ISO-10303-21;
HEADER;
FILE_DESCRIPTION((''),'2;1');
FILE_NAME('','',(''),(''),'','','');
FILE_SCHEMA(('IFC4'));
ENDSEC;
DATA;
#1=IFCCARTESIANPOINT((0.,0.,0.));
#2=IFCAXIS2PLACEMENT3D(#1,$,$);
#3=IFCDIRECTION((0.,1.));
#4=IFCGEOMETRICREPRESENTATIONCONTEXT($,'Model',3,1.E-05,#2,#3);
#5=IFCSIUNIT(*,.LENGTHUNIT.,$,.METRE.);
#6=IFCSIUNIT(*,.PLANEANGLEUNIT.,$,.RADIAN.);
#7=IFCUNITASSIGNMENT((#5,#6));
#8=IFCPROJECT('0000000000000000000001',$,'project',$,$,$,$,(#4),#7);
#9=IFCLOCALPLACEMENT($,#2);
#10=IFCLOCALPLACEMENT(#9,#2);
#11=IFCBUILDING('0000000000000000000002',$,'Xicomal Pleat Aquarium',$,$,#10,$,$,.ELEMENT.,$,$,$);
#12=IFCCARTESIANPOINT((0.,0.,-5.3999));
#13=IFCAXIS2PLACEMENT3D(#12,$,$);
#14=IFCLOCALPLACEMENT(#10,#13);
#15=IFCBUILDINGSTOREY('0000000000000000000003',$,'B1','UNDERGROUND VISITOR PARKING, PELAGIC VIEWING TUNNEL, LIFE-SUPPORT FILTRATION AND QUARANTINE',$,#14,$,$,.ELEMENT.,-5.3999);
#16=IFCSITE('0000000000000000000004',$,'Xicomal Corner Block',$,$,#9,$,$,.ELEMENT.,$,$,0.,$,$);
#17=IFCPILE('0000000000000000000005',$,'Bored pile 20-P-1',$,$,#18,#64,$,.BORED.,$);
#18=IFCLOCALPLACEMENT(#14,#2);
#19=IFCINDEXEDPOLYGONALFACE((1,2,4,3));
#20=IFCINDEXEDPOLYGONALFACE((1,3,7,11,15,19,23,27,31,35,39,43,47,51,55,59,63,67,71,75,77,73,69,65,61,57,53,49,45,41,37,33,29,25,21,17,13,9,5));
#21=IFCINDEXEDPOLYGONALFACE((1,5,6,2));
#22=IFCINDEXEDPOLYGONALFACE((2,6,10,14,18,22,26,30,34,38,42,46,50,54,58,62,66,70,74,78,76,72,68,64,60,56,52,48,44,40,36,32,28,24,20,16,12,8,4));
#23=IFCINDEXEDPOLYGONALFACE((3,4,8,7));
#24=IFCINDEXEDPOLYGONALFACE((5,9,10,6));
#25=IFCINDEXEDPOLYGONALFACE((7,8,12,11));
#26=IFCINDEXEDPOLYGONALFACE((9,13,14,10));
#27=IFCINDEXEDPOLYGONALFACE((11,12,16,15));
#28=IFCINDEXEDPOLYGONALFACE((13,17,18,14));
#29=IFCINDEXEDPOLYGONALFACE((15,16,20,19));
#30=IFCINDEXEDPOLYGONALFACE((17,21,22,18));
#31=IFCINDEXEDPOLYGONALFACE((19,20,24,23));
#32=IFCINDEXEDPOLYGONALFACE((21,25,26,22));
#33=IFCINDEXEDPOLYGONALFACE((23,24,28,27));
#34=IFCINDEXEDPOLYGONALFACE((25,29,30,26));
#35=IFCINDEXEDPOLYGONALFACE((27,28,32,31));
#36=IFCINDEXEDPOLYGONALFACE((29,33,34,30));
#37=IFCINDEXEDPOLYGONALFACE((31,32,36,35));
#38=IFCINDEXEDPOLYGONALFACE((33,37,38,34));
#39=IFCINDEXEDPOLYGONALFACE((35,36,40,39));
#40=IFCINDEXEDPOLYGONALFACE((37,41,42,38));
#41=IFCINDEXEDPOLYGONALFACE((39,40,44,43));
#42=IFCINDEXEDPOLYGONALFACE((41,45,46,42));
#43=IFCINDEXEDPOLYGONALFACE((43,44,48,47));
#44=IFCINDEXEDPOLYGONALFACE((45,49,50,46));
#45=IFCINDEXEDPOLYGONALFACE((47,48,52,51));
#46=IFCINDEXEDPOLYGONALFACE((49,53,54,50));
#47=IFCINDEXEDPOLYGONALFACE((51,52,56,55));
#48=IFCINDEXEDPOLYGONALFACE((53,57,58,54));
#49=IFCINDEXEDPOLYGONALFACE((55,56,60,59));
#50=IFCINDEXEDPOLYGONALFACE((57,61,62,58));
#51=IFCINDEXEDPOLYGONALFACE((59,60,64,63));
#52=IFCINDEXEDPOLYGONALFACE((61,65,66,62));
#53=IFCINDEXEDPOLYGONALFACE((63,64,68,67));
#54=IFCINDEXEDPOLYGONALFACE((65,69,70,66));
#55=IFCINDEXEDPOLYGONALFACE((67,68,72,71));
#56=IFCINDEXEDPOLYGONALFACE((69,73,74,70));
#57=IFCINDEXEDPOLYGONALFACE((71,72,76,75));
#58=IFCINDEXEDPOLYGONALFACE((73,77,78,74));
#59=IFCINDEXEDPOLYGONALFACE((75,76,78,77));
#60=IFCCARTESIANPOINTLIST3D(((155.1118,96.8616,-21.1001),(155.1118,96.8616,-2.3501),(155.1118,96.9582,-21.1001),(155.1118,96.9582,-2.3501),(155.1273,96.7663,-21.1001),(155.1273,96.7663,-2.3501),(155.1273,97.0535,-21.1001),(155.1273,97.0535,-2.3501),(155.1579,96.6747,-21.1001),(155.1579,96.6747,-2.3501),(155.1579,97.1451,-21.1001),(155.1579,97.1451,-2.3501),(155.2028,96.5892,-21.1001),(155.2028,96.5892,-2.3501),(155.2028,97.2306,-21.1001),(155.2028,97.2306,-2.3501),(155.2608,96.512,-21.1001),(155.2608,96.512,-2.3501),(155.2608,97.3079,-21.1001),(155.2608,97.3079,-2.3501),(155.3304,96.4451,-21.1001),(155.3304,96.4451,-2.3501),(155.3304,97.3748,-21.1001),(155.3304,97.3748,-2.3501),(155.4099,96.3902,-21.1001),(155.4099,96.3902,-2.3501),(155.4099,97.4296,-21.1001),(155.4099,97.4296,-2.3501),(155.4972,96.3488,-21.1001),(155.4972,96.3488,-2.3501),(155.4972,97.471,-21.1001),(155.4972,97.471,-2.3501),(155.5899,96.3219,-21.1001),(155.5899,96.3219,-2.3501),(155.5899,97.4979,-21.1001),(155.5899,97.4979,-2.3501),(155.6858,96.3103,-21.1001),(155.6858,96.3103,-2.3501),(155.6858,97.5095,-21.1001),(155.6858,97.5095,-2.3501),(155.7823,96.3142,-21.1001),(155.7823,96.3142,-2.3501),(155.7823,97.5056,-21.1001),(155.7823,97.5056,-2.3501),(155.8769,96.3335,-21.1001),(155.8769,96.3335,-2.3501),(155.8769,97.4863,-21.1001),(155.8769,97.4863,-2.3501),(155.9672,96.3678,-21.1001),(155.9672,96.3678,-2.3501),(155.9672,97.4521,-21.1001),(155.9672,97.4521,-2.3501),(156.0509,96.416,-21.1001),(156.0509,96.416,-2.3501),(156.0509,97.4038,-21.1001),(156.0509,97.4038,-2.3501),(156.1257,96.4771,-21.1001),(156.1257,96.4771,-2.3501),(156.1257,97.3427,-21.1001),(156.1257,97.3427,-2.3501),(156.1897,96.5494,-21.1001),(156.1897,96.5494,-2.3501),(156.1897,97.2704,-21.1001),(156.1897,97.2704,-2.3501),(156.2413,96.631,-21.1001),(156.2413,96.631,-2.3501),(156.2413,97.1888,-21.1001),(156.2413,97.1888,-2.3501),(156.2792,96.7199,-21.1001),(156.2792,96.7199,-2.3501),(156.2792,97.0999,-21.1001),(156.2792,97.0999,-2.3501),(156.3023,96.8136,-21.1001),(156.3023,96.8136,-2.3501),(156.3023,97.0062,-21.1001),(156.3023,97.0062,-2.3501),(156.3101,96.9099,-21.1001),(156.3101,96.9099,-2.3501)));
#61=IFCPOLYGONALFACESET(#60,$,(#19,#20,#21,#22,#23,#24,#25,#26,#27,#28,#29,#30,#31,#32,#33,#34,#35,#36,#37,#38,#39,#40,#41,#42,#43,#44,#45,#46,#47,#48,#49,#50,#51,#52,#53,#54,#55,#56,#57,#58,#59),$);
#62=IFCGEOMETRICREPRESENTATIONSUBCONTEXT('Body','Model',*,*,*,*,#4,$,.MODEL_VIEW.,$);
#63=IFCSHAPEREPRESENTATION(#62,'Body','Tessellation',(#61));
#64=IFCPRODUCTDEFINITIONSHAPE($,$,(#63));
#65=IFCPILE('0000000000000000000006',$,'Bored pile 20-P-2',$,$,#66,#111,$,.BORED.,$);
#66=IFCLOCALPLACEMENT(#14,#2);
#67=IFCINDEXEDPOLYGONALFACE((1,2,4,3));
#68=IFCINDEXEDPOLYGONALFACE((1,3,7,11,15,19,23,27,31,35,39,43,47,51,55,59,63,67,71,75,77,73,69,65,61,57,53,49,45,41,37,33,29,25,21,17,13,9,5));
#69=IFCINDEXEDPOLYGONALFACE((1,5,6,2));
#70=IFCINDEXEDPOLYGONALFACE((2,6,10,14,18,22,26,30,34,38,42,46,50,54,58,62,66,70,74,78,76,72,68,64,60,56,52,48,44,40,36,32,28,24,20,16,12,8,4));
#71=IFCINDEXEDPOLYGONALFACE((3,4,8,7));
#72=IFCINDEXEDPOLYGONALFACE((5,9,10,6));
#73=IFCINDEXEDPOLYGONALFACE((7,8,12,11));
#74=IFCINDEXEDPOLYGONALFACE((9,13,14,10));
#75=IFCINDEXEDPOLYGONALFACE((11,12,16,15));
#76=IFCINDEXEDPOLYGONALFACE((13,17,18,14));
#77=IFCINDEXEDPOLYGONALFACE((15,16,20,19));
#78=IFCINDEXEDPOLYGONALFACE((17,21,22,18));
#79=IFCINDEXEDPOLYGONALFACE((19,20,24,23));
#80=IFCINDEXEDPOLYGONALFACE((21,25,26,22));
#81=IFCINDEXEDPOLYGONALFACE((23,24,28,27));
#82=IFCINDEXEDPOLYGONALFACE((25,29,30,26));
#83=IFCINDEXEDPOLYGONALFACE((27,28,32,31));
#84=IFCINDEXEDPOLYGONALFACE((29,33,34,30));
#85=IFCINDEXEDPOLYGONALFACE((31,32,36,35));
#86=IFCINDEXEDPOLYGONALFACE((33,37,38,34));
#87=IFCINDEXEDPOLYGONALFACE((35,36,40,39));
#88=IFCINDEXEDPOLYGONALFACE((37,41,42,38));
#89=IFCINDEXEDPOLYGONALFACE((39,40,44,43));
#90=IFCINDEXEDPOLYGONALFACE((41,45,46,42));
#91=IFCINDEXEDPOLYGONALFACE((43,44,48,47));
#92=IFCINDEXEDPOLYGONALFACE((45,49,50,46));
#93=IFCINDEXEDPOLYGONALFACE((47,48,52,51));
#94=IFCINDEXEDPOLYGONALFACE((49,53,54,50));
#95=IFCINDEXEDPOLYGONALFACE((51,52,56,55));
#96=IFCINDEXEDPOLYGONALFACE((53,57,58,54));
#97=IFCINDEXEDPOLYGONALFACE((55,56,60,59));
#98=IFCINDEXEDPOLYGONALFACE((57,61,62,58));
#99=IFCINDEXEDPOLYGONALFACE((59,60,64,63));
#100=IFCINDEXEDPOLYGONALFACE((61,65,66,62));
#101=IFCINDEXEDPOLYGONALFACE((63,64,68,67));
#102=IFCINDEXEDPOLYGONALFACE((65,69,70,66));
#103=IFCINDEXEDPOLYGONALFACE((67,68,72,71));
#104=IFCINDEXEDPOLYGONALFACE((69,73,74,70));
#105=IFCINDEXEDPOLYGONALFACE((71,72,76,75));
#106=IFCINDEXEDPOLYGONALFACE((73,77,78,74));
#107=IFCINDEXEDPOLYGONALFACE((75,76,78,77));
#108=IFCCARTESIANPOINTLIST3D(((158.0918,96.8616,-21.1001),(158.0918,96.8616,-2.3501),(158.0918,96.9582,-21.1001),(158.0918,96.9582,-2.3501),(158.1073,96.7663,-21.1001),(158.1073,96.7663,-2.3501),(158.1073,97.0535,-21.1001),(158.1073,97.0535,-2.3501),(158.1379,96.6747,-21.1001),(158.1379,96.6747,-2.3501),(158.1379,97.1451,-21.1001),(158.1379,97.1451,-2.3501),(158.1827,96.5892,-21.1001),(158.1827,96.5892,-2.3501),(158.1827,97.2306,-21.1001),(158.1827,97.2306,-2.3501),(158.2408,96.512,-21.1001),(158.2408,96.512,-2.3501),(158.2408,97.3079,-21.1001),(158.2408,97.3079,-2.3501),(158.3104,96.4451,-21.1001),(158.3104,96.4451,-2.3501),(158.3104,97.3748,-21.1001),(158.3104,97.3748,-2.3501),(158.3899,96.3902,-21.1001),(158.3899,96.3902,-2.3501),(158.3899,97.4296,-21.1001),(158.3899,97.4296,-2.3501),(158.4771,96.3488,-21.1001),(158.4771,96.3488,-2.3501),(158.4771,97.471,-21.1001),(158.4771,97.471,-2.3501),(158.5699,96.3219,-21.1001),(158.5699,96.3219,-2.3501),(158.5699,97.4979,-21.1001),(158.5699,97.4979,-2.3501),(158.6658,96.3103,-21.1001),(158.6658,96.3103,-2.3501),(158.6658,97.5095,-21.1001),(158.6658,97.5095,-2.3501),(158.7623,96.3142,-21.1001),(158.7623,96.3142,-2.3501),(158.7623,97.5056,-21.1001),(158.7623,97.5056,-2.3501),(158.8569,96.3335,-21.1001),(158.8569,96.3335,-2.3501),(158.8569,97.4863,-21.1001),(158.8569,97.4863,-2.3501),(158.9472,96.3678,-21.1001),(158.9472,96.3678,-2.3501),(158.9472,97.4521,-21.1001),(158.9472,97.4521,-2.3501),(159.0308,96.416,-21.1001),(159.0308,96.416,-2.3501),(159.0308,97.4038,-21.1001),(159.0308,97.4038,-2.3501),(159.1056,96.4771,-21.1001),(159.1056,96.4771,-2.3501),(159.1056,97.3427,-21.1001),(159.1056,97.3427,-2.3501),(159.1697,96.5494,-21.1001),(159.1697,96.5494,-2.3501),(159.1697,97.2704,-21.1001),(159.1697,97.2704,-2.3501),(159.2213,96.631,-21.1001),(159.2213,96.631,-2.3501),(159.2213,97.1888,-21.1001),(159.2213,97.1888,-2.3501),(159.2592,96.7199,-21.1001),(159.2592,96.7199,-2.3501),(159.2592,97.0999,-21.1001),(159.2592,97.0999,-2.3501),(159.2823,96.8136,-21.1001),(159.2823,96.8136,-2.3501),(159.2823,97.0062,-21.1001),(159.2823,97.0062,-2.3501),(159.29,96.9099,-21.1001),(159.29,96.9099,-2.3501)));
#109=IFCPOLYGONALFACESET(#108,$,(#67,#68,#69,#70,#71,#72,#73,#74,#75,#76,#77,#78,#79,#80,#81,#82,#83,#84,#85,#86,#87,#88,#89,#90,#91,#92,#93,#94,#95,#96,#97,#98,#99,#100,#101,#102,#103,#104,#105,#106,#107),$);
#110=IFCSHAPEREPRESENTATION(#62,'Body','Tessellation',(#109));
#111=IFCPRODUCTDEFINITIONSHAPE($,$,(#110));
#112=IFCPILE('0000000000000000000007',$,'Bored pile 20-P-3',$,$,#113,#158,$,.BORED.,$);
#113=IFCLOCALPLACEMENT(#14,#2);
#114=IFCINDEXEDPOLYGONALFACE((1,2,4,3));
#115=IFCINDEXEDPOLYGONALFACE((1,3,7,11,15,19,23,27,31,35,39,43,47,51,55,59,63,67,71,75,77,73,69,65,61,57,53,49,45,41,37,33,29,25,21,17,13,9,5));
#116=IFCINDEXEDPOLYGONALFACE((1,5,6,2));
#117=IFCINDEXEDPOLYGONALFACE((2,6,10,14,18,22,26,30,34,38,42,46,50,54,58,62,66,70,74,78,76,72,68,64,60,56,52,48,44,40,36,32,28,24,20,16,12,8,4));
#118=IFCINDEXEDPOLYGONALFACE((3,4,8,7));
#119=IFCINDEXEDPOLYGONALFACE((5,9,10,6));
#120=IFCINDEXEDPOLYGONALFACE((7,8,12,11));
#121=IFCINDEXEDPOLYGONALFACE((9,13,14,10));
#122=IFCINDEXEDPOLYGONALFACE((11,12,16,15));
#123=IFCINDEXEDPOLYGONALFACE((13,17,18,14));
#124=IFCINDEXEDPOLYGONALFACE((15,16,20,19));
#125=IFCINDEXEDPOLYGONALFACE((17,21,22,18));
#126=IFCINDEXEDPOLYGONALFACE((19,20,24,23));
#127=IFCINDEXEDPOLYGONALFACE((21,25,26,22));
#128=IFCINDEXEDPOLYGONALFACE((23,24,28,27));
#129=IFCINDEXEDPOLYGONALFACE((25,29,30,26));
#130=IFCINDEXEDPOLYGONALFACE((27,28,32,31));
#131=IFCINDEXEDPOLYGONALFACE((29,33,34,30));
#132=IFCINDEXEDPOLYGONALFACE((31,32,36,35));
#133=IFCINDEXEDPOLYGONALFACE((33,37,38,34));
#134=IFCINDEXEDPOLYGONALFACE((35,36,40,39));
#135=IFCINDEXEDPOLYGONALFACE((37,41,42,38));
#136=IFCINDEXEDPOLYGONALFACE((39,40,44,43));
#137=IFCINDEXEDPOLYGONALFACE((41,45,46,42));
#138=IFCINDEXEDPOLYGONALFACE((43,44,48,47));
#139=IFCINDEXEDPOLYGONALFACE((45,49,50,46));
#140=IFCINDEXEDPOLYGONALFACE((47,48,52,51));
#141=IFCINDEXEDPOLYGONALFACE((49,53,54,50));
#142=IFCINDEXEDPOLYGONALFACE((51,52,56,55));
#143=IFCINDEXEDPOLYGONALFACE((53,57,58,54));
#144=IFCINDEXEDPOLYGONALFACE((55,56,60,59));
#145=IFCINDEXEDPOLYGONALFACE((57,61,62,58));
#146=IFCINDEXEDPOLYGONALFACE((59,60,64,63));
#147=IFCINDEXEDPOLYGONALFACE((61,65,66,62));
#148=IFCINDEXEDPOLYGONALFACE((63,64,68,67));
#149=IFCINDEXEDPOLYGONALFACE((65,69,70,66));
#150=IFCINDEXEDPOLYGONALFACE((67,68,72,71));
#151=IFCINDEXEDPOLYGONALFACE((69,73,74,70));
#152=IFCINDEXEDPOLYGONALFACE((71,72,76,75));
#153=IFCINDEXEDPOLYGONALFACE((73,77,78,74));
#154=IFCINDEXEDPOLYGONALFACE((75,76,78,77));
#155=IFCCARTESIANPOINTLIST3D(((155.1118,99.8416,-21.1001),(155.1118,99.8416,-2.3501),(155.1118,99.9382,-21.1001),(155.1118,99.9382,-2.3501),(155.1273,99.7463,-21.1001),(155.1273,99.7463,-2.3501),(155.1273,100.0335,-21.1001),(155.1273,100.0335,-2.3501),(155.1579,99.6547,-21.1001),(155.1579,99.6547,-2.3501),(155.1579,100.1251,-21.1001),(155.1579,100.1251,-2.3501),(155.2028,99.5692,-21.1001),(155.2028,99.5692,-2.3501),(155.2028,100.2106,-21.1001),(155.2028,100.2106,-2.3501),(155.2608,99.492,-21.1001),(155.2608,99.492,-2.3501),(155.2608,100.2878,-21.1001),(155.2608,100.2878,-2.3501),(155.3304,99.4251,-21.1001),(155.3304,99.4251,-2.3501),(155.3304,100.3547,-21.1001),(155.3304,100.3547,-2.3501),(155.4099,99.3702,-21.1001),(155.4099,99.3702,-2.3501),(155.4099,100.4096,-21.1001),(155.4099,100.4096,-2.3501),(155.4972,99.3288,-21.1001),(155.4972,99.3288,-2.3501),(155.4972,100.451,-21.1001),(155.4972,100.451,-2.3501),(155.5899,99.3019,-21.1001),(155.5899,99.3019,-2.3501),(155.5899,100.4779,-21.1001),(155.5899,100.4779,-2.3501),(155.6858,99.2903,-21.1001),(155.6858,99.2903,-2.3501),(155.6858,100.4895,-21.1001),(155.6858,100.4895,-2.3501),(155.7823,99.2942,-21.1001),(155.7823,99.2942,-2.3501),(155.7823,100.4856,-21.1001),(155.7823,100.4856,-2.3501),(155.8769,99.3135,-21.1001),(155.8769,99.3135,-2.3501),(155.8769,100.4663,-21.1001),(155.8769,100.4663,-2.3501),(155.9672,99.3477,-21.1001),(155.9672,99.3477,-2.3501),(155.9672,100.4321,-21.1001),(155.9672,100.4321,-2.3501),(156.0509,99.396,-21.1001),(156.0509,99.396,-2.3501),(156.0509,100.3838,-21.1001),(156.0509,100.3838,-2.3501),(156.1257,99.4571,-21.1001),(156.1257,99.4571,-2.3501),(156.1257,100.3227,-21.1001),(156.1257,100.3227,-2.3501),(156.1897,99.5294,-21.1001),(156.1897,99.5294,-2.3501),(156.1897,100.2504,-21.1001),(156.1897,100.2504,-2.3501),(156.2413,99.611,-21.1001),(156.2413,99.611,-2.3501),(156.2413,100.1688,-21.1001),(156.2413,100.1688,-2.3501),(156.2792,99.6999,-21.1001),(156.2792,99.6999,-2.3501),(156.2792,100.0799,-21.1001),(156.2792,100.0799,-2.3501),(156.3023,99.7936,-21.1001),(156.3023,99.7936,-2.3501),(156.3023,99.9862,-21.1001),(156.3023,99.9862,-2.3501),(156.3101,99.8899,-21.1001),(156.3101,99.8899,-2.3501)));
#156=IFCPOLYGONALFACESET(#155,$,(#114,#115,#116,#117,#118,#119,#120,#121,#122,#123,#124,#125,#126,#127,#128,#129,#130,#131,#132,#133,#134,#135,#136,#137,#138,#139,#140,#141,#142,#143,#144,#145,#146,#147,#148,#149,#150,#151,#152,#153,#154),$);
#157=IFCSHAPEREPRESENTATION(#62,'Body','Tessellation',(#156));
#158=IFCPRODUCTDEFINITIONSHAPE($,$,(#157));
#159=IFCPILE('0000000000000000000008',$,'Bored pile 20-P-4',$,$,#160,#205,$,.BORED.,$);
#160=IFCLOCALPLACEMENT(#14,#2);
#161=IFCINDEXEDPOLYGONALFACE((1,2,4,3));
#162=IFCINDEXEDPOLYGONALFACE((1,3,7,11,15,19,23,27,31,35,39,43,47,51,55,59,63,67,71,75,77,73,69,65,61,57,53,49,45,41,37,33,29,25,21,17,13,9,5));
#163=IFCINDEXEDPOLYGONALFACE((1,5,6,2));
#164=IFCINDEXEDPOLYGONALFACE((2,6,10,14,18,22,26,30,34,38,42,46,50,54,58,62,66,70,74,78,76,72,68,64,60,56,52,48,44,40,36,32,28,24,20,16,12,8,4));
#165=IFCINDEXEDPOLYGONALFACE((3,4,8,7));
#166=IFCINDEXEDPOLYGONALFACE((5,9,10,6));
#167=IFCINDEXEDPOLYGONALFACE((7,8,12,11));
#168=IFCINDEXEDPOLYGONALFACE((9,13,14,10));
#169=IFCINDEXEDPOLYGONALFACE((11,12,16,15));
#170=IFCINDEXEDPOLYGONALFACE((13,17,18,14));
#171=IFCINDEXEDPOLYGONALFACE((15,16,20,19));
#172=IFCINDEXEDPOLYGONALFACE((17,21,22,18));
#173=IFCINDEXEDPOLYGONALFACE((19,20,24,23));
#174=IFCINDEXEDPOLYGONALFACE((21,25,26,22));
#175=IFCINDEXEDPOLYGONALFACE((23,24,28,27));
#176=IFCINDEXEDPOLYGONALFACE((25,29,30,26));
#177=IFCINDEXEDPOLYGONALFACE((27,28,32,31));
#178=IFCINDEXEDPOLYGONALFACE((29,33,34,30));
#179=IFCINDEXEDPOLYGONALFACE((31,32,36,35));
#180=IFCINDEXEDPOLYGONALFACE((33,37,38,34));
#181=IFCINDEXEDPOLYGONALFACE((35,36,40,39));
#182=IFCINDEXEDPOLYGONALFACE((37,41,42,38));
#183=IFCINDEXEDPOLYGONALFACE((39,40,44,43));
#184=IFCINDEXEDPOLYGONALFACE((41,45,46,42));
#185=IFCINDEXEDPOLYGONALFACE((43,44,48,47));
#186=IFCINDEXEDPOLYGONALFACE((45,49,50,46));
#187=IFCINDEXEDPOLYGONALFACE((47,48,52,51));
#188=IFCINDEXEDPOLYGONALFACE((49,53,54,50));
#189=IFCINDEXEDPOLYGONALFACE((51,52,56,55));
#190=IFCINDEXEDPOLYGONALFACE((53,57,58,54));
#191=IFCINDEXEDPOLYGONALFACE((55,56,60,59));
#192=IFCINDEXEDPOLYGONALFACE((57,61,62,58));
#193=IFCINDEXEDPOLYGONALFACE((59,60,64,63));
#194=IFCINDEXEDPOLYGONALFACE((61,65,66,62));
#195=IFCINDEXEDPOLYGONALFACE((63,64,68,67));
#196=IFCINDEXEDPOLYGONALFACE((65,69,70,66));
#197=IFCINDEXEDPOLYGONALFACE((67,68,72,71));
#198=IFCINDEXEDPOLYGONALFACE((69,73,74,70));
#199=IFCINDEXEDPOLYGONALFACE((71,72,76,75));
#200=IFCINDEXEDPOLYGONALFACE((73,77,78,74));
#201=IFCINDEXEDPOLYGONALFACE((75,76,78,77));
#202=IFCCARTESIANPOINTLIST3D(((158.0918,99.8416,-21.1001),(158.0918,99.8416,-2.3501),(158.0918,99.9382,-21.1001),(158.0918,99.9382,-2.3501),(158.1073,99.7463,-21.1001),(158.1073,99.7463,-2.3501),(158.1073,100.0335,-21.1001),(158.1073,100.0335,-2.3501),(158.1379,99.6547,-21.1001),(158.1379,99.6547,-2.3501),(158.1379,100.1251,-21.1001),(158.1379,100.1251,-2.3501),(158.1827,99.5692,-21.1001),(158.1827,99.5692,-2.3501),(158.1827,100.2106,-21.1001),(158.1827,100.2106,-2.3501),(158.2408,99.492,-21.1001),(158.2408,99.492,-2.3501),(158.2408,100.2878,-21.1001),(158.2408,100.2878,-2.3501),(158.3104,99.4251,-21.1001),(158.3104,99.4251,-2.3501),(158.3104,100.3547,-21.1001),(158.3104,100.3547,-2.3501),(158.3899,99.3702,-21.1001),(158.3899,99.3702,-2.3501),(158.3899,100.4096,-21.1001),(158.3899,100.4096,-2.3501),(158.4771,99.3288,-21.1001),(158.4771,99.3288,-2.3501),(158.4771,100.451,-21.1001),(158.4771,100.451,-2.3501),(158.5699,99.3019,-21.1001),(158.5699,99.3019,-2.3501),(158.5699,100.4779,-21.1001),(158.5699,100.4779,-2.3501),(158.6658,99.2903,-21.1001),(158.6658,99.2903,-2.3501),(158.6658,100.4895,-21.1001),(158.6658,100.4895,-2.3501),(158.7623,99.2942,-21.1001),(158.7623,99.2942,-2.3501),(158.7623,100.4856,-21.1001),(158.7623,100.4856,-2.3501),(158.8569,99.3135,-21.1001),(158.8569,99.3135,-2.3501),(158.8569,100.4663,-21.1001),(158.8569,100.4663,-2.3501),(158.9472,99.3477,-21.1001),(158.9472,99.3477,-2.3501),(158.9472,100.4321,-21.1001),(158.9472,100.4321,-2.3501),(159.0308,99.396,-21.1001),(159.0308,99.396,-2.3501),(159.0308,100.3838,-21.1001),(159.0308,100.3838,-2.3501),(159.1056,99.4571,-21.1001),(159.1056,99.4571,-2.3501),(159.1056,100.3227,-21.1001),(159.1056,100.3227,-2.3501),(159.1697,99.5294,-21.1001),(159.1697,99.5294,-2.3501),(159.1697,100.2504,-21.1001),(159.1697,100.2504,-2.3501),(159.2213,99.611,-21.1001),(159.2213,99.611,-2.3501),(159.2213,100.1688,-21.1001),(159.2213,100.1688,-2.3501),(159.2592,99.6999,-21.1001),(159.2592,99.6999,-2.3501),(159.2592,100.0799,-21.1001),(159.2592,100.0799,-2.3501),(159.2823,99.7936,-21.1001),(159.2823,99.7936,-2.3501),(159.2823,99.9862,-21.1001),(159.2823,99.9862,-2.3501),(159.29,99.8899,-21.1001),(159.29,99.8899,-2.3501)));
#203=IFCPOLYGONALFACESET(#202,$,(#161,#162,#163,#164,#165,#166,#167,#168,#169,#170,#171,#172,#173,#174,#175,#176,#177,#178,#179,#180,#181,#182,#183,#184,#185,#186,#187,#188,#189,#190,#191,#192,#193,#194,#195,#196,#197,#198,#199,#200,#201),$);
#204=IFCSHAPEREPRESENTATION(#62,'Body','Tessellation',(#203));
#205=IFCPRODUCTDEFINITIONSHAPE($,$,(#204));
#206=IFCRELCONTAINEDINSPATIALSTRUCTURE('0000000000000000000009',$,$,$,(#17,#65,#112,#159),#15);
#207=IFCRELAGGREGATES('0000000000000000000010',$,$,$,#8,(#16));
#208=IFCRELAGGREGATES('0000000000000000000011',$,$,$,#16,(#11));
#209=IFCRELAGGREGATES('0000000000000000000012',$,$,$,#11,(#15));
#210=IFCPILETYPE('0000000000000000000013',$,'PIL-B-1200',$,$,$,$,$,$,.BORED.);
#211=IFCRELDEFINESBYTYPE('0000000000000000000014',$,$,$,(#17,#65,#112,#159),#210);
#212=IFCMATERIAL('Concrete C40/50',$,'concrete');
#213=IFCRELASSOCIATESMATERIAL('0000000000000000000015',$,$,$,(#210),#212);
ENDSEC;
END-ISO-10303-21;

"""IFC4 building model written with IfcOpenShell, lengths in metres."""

from ifc_helpers import new_model, si_unit, direction, frame, origin, origin_2d, place, context, subcontext, project, spatial, circle, extrude, material, material_profile, profile_set, type_object, element, save


model = new_model("IFC4")

# Units and contexts
model_context = context("Model", 3, precision=1e-05, world=origin(), true_north=direction((0.0, 1.0)))
body_context = subcontext(model_context, "Body", "Model", "MODEL_VIEW")
ifc_project = project(units=[si_unit("LENGTHUNIT", "METRE"), si_unit("PLANEANGLEUNIT", "RADIAN")], contexts=[model_context])

# Site, building, storey
site_placement = place(None, origin())
site = spatial("IfcSite", under=ifc_project, at=site_placement, Name="Xicomal Corner Block", CompositionType="ELEMENT", RefElevation=0.0)
building_placement = place(site_placement, origin())
building = spatial("IfcBuilding", under=site, at=building_placement, Name="Xicomal Pleat Aquarium", CompositionType="ELEMENT")
storey_placement = place(building_placement, frame((0.0, 0.0, -5.3999)))
storey = spatial("IfcBuildingStorey", under=building, at=storey_placement, Name="B1", Description="UNDERGROUND VISITOR PARKING, PELAGIC VIEWING TUNNEL, LIFE-SUPPORT FILTRATION AND QUARANTINE", CompositionType="ELEMENT", Elevation=-5.3999)

# Piles
ifc_material_1 = material(Name="Concrete C40/50", Category="concrete")
ifc_material_profile_1 = material_profile(ifc_material_1, circle(Radius=0.6001, at=origin_2d()), Name="BORED PILE D1200")
ifc_profile_set_1 = profile_set([ifc_material_profile_1], Name="Concrete C40/50")
pile_type_1 = type_object("IfcPileType", Name="PIL-B-1200", PredefinedType="BORED", material=ifc_profile_set_1)
for number, where, z_axis, x_axis, name in (
    (1, (155.71, 96.9099, -2.3501), (0.0, 0.0, -1.0), (1.0, 0.0, 0.0), "Bored pile 20-P-1"),
    (2, (158.6899, 96.9099, -2.3501), (0.0, 0.0, -1.0), (1.0, 0.0, 0.0), "Bored pile 20-P-2"),
    (3, (155.71, 99.8899, -2.3501), (0.0, 0.0, -1.0), (1.0, 0.0, 0.0), "Bored pile 20-P-3"),
    (4, (158.6899, 99.8899, -2.3501), (0.0, 0.0, -1.0), (1.0, 0.0, 0.0), "Bored pile 20-P-4"),
):
    element("IfcPile", number, at=place(storey_placement, frame(where, z_axis=z_axis, x_axis=x_axis)), inside=storey, type_object=pile_type_1, Name=name, PredefinedType="BORED", context=body_context, shape_type="SweptSolid", body=[
        extrude(circle(Radius=0.6001, at=origin_2d()), origin(), (0.0, 0.0, 1.0), 18.75),
    ])

save(model, "model.ifc")
